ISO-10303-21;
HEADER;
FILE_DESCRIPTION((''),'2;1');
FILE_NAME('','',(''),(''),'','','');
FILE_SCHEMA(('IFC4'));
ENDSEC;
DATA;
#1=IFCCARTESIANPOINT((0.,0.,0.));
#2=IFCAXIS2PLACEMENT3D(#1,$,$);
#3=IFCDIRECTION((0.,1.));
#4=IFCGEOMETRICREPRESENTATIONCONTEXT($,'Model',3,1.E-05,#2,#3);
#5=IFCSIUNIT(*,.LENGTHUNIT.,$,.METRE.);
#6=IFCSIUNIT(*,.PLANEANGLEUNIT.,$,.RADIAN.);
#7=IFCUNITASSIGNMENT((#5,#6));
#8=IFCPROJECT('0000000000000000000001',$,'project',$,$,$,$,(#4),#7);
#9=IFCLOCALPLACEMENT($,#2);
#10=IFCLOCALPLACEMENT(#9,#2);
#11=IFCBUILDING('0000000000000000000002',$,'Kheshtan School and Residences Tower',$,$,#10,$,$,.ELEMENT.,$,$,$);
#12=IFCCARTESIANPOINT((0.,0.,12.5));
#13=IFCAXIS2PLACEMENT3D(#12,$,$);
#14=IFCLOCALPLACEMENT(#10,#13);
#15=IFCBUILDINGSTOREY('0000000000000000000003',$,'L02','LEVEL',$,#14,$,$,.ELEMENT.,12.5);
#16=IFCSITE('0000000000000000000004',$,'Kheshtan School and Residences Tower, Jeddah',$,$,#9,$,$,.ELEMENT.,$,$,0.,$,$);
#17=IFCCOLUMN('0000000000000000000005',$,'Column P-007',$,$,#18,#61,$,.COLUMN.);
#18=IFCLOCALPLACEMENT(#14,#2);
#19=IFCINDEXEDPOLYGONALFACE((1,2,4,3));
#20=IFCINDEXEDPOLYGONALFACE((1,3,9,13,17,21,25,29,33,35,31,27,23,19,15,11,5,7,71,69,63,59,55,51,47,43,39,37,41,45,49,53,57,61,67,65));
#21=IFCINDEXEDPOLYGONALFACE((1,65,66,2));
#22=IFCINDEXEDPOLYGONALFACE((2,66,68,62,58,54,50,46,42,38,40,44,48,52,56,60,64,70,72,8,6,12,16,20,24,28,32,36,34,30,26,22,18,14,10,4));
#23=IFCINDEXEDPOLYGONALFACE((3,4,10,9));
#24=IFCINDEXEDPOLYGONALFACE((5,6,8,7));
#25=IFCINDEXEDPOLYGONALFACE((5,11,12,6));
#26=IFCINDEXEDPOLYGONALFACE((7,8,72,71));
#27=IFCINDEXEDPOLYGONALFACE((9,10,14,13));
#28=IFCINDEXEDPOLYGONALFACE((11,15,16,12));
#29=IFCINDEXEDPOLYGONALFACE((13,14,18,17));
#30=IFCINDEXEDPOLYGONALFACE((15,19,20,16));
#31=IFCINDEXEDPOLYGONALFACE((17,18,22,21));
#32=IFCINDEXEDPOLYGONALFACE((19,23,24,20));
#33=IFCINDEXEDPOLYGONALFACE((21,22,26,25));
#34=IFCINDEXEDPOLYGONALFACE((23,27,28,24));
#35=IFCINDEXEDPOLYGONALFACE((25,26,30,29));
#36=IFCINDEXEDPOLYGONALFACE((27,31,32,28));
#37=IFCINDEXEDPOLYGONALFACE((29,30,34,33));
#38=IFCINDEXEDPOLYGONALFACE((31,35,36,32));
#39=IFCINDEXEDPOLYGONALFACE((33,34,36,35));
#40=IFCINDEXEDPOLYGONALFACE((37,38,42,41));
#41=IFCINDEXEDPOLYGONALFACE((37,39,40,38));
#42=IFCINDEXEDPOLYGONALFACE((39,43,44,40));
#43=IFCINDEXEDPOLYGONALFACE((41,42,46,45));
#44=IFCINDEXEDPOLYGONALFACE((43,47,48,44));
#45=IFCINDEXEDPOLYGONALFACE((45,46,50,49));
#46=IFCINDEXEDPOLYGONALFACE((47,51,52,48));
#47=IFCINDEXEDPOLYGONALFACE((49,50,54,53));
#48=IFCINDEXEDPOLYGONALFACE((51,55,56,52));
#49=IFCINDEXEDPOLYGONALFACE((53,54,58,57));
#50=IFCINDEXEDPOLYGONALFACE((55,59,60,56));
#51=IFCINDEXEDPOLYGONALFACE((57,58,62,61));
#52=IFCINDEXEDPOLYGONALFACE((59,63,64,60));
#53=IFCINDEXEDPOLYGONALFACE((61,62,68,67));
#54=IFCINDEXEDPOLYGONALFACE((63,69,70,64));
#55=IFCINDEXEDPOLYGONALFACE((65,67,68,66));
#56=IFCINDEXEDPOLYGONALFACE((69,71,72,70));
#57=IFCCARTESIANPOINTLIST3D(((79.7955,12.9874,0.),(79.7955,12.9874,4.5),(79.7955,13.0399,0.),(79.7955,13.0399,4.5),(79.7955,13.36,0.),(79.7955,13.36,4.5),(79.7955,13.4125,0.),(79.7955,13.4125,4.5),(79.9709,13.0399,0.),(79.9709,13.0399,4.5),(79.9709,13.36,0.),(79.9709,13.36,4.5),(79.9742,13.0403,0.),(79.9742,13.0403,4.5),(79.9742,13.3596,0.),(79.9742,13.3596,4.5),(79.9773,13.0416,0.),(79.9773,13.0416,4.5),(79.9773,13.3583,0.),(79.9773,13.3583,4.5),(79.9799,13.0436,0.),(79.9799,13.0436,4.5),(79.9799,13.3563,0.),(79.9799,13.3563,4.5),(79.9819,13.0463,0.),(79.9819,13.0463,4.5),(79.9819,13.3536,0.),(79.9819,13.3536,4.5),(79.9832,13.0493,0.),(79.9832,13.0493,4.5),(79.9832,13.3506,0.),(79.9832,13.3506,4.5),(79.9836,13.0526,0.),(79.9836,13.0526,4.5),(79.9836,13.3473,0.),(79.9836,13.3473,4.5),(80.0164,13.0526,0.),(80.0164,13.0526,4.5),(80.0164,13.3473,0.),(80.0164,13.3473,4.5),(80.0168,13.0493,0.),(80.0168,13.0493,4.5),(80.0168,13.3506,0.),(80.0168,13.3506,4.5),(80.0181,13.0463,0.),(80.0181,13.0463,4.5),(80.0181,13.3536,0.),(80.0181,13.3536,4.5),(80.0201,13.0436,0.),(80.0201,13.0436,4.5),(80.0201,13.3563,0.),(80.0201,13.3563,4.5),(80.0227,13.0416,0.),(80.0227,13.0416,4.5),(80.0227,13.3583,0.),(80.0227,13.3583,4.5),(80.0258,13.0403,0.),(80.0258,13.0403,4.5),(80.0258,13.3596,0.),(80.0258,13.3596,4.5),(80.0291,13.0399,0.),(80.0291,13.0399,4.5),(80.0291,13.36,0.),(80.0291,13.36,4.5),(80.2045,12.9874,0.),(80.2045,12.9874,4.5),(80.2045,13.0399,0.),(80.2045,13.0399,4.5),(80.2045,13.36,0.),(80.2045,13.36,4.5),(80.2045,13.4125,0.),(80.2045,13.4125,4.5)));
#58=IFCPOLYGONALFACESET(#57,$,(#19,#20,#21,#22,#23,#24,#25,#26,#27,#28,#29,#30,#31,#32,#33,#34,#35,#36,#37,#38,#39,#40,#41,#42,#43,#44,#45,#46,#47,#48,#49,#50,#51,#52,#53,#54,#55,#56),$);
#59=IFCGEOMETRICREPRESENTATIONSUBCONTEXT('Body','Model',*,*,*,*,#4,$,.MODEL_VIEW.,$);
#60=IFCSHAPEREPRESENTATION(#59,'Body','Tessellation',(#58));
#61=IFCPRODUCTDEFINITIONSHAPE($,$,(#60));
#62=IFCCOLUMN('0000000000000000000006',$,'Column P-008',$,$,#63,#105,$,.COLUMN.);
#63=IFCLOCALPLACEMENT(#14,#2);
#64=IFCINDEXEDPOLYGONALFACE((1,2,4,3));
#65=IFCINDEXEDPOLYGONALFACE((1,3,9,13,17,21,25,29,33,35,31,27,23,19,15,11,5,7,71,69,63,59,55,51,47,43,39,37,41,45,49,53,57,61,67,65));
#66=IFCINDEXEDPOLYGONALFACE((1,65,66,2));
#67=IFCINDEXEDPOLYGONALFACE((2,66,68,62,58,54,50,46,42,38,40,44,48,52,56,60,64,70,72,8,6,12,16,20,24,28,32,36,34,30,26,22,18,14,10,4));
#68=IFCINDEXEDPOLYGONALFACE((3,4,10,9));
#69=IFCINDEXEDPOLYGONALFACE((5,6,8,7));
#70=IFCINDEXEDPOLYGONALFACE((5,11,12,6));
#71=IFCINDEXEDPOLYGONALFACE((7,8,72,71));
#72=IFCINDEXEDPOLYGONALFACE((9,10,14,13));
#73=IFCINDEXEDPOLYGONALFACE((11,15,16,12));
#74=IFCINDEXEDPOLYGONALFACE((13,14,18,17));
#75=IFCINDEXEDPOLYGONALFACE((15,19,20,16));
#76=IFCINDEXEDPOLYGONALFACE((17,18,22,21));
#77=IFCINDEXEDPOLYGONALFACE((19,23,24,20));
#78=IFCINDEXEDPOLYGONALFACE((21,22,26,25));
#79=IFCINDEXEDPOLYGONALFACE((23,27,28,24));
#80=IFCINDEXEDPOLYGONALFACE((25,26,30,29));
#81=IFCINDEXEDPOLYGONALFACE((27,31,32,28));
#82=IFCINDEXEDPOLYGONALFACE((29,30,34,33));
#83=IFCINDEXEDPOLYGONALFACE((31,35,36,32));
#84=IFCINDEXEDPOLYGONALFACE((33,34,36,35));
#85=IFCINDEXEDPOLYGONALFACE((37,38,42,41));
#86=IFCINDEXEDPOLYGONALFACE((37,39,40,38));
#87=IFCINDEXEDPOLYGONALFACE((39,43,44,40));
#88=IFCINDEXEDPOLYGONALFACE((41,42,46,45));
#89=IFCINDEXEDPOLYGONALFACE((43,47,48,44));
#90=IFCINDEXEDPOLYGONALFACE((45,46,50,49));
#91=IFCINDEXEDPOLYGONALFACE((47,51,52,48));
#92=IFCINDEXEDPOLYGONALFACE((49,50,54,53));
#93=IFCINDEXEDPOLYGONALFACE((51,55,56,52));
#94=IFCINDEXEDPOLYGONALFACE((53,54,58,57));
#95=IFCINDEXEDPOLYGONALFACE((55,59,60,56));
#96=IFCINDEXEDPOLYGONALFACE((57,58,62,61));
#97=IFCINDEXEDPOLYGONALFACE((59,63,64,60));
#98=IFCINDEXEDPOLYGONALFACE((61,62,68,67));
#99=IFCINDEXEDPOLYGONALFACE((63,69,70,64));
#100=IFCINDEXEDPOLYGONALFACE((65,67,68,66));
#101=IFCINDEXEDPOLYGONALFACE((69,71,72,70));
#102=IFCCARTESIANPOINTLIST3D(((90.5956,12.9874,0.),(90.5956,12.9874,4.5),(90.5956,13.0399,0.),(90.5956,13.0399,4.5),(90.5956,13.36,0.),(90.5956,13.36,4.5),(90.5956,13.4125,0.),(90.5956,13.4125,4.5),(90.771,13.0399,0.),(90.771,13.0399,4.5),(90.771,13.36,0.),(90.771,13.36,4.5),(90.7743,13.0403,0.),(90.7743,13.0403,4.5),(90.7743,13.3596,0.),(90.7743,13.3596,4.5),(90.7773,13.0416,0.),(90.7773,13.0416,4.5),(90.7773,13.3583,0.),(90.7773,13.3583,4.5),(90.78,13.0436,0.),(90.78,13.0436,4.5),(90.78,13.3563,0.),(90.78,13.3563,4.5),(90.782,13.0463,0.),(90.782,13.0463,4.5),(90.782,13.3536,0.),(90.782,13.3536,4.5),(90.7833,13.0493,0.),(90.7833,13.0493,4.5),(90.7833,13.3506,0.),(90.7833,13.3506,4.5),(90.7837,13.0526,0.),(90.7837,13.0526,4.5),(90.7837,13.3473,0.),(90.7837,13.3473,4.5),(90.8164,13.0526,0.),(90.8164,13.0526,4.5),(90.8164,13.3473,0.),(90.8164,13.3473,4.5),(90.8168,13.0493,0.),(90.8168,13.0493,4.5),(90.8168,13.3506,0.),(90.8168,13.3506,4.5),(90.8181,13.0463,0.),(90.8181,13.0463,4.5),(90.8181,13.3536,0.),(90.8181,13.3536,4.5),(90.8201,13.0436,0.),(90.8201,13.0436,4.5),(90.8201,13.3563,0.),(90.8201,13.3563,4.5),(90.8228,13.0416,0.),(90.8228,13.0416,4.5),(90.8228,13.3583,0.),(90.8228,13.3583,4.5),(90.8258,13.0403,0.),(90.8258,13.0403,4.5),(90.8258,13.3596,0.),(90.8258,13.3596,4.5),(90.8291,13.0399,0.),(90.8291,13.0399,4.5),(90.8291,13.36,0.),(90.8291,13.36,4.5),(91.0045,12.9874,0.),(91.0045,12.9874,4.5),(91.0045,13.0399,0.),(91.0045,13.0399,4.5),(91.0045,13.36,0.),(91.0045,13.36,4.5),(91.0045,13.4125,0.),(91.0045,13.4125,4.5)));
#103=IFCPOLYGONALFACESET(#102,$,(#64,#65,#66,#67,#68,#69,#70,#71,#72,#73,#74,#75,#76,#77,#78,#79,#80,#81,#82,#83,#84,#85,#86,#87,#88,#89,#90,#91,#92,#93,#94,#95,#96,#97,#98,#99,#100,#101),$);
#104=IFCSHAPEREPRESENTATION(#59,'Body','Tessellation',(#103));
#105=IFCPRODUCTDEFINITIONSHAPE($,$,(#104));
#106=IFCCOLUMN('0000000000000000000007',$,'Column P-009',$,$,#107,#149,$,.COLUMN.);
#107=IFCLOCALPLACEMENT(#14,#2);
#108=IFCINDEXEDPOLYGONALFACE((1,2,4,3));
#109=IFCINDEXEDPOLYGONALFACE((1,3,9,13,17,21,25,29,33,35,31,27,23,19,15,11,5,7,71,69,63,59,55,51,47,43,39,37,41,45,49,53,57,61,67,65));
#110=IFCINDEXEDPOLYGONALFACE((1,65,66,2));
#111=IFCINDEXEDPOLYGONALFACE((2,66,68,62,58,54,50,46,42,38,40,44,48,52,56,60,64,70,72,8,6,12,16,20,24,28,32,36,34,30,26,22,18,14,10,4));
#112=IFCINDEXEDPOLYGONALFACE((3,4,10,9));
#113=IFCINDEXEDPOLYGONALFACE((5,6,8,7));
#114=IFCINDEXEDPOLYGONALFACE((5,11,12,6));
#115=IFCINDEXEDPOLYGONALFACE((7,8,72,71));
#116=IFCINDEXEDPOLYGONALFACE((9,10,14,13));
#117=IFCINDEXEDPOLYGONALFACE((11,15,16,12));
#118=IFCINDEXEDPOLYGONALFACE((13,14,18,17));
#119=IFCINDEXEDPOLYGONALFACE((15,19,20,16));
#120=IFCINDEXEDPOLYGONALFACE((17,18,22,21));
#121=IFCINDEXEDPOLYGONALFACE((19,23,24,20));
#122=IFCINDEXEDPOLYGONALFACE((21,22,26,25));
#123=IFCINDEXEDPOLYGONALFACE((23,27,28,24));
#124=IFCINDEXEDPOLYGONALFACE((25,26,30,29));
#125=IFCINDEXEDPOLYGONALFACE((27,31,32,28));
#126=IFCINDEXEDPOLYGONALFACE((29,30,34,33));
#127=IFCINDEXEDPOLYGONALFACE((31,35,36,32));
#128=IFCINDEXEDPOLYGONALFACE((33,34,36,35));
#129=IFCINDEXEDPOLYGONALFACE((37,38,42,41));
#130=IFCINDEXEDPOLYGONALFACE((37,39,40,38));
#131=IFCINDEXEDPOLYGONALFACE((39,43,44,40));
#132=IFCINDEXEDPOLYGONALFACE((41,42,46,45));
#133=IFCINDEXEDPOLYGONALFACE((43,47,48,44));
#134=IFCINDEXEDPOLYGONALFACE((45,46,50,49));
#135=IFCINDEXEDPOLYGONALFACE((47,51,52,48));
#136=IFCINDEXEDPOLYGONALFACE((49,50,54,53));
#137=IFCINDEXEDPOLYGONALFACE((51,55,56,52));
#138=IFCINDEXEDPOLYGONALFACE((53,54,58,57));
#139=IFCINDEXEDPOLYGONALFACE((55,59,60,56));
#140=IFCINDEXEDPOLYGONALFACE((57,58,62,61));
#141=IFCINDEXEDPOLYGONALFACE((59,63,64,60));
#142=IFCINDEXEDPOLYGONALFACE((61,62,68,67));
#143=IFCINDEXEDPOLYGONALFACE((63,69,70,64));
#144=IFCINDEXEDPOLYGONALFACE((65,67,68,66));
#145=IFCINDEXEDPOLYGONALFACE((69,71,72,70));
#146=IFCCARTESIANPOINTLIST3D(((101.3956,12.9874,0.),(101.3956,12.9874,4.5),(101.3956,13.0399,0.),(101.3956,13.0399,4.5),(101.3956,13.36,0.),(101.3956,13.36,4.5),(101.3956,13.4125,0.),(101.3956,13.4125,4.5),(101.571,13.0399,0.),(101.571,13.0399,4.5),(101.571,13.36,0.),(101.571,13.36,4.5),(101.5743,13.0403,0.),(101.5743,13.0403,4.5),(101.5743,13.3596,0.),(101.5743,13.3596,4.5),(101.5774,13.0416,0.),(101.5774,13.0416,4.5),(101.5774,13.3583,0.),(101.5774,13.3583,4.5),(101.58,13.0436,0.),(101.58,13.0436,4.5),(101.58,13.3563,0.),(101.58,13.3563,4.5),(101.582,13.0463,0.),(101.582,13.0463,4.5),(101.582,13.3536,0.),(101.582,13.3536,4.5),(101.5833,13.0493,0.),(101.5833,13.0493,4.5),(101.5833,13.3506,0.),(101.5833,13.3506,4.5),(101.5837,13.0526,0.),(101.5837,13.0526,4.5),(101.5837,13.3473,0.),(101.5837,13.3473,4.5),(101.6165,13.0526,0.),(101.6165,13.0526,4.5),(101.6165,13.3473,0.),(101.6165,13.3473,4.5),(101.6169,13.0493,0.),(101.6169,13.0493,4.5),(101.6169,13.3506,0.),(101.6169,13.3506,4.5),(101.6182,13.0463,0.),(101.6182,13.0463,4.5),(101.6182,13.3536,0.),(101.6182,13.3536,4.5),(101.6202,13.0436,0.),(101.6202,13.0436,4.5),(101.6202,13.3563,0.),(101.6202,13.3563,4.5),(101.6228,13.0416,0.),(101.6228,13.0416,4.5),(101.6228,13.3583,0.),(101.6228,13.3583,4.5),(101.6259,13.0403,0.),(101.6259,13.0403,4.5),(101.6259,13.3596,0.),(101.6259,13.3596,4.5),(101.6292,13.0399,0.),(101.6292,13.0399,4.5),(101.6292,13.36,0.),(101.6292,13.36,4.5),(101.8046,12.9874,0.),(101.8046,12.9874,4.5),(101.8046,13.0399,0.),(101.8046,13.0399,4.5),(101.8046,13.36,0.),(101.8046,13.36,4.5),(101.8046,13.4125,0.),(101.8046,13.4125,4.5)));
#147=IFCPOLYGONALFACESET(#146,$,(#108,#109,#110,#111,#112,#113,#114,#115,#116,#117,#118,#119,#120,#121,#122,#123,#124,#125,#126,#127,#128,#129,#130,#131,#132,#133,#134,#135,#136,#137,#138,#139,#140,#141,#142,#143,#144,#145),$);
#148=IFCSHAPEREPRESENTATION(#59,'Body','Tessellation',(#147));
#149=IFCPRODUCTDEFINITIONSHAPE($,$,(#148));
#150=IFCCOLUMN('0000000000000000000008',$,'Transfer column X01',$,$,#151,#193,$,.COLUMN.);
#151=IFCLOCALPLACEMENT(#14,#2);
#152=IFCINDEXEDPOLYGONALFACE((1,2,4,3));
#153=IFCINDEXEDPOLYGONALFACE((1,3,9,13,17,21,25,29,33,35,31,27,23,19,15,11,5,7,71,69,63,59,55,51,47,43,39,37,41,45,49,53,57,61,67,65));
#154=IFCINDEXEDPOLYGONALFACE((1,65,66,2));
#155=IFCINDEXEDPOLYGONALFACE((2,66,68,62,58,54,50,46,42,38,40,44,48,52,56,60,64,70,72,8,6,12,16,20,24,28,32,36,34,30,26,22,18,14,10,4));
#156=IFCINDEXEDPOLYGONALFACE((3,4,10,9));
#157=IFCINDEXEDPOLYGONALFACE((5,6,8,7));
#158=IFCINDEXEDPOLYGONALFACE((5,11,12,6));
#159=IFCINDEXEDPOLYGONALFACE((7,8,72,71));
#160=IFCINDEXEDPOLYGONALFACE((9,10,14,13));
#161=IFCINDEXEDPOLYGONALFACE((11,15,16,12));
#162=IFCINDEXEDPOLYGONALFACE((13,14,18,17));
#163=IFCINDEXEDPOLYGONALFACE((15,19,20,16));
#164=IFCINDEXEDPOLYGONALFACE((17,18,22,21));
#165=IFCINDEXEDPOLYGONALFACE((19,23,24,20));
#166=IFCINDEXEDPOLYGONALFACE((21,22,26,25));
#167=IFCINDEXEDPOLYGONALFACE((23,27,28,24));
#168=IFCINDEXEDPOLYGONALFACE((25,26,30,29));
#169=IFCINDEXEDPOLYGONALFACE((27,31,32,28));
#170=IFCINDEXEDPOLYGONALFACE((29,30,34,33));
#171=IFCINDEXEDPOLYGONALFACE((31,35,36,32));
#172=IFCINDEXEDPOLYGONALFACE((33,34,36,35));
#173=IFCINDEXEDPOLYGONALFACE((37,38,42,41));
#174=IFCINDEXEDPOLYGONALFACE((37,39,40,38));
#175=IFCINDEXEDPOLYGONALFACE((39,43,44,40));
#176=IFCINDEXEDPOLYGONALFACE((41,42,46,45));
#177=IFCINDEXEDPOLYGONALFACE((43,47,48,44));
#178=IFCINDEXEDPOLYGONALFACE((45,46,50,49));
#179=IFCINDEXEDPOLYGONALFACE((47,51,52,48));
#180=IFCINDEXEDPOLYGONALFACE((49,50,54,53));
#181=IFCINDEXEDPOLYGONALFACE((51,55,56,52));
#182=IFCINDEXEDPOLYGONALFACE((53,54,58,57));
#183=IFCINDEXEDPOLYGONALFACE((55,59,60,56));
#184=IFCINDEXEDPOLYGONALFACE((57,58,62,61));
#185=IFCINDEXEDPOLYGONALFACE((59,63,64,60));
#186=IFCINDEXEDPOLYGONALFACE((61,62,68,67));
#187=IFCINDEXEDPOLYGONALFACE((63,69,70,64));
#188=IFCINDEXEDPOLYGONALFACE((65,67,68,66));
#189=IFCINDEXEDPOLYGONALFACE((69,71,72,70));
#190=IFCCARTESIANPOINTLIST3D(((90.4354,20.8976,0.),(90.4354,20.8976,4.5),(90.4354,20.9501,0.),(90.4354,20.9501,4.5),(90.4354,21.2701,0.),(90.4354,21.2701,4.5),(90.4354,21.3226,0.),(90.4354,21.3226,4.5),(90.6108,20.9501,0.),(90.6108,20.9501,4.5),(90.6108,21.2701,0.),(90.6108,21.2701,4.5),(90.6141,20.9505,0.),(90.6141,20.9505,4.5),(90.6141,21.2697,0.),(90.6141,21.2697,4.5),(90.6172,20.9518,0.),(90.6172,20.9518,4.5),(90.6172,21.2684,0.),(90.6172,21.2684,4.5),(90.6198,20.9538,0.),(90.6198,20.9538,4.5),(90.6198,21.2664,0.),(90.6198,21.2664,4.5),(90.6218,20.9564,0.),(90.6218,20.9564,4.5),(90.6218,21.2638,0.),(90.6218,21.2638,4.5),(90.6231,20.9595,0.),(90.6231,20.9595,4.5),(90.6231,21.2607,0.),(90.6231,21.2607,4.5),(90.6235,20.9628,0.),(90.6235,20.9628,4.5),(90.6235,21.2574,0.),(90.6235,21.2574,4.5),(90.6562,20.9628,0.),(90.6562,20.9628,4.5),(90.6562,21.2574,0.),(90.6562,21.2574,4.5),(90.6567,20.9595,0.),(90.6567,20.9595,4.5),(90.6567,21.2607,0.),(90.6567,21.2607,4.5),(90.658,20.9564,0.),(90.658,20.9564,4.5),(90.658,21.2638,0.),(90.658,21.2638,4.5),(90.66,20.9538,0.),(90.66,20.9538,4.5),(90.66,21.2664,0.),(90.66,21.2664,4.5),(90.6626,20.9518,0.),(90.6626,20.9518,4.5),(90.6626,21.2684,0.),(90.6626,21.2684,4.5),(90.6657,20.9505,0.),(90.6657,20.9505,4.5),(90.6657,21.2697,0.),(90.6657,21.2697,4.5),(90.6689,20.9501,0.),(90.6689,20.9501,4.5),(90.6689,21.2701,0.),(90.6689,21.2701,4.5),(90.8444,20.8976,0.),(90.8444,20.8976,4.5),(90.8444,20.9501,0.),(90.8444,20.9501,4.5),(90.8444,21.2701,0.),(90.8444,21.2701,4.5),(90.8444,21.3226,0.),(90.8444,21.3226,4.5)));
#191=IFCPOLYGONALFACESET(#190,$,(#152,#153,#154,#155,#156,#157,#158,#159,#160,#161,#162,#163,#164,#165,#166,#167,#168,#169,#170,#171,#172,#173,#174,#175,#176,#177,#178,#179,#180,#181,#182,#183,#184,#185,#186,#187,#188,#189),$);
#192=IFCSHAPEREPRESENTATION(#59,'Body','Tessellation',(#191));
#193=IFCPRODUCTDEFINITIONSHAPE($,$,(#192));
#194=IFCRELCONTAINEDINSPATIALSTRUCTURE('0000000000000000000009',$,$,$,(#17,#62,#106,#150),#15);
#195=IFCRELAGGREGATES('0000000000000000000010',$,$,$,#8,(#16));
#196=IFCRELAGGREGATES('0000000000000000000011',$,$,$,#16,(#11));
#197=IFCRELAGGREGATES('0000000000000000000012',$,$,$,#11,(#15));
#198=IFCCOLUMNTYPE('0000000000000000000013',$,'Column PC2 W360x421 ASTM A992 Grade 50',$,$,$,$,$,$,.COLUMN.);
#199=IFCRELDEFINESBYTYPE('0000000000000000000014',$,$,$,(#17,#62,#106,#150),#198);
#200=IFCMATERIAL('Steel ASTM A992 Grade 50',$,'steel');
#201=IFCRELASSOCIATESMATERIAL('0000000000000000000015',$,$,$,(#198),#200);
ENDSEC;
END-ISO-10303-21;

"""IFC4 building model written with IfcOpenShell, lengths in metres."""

from ifc_helpers import new_model, si_unit, direction, frame, origin, origin_2d, place, context, subcontext, project, spatial, i_section, extrude, material, material_profile, profile_set, type_object, element, save


model = new_model("IFC4")

# Units and contexts
model_context = context("Model", 3, precision=1e-05, world=origin(), true_north=direction((0.0, 1.0)))
body_context = subcontext(model_context, "Body", "Model", "MODEL_VIEW")
ifc_project = project(units=[si_unit("LENGTHUNIT", "METRE"), si_unit("PLANEANGLEUNIT", "RADIAN")], contexts=[model_context])

# Site, building, storey
site_placement = place(None, origin())
site = spatial("IfcSite", under=ifc_project, at=site_placement, Name="Kheshtan School and Residences Tower, Jeddah", CompositionType="ELEMENT", RefElevation=0.0)
building_placement = place(site_placement, origin())
building = spatial("IfcBuilding", under=site, at=building_placement, Name="Kheshtan School and Residences Tower", CompositionType="ELEMENT")
storey_placement = place(building_placement, frame((0.0, 0.0, 12.5)))
storey = spatial("IfcBuildingStorey", under=building, at=storey_placement, Name="L02", Description="LEVEL", CompositionType="ELEMENT", Elevation=12.5)

# Columns
ifc_material_1 = material(Name="Steel ASTM A992 Grade 50", Category="steel")
ifc_material_profile_1 = material_profile(ifc_material_1, i_section(OverallWidth=0.4089, OverallDepth=0.425, WebThickness=0.0327, FlangeThickness=0.0525, FilletRadius=0.0127, at=origin_2d()), Name="W360x421")
ifc_profile_set_1 = profile_set([ifc_material_profile_1], Name="Steel ASTM A992 Grade 50")
column_type = type_object("IfcColumnType", Name="Column PC2 W360x421 ASTM A992 Grade 50", PredefinedType="COLUMN", material=ifc_profile_set_1)
for number, where, z_axis, x_axis, name in (
    (1, (80.0, 13.2, 0.0), (0.0, 0.0, 1.0), (1.0, 0.0, 0.0), "Column P-007"),
    (2, (90.8, 13.2, 0.0), (0.0, 0.0, 1.0), (1.0, 0.0, 0.0), "Column P-008"),
    (3, (101.6001, 13.2, 0.0), (0.0, 0.0, 1.0), (1.0, 0.0, 0.0), "Column P-009"),
    (4, (90.6399, 21.1101, 0.0), (0.0, 0.0, 1.0), (1.0, 0.0, 0.0), "Transfer column X01"),
):
    element("IfcColumn", number, at=place(storey_placement, frame(where, z_axis=z_axis, x_axis=x_axis)), inside=storey, type_object=column_type, Name=name, PredefinedType="COLUMN", context=body_context, shape_type="SweptSolid", body=[
        extrude(i_section(OverallWidth=0.4089, OverallDepth=0.425, WebThickness=0.0327, FlangeThickness=0.0525, FilletRadius=0.0127, at=origin_2d()), origin(), (0.0, 0.0, 1.0), 4.5),
    ])

save(model, "model.ifc")
